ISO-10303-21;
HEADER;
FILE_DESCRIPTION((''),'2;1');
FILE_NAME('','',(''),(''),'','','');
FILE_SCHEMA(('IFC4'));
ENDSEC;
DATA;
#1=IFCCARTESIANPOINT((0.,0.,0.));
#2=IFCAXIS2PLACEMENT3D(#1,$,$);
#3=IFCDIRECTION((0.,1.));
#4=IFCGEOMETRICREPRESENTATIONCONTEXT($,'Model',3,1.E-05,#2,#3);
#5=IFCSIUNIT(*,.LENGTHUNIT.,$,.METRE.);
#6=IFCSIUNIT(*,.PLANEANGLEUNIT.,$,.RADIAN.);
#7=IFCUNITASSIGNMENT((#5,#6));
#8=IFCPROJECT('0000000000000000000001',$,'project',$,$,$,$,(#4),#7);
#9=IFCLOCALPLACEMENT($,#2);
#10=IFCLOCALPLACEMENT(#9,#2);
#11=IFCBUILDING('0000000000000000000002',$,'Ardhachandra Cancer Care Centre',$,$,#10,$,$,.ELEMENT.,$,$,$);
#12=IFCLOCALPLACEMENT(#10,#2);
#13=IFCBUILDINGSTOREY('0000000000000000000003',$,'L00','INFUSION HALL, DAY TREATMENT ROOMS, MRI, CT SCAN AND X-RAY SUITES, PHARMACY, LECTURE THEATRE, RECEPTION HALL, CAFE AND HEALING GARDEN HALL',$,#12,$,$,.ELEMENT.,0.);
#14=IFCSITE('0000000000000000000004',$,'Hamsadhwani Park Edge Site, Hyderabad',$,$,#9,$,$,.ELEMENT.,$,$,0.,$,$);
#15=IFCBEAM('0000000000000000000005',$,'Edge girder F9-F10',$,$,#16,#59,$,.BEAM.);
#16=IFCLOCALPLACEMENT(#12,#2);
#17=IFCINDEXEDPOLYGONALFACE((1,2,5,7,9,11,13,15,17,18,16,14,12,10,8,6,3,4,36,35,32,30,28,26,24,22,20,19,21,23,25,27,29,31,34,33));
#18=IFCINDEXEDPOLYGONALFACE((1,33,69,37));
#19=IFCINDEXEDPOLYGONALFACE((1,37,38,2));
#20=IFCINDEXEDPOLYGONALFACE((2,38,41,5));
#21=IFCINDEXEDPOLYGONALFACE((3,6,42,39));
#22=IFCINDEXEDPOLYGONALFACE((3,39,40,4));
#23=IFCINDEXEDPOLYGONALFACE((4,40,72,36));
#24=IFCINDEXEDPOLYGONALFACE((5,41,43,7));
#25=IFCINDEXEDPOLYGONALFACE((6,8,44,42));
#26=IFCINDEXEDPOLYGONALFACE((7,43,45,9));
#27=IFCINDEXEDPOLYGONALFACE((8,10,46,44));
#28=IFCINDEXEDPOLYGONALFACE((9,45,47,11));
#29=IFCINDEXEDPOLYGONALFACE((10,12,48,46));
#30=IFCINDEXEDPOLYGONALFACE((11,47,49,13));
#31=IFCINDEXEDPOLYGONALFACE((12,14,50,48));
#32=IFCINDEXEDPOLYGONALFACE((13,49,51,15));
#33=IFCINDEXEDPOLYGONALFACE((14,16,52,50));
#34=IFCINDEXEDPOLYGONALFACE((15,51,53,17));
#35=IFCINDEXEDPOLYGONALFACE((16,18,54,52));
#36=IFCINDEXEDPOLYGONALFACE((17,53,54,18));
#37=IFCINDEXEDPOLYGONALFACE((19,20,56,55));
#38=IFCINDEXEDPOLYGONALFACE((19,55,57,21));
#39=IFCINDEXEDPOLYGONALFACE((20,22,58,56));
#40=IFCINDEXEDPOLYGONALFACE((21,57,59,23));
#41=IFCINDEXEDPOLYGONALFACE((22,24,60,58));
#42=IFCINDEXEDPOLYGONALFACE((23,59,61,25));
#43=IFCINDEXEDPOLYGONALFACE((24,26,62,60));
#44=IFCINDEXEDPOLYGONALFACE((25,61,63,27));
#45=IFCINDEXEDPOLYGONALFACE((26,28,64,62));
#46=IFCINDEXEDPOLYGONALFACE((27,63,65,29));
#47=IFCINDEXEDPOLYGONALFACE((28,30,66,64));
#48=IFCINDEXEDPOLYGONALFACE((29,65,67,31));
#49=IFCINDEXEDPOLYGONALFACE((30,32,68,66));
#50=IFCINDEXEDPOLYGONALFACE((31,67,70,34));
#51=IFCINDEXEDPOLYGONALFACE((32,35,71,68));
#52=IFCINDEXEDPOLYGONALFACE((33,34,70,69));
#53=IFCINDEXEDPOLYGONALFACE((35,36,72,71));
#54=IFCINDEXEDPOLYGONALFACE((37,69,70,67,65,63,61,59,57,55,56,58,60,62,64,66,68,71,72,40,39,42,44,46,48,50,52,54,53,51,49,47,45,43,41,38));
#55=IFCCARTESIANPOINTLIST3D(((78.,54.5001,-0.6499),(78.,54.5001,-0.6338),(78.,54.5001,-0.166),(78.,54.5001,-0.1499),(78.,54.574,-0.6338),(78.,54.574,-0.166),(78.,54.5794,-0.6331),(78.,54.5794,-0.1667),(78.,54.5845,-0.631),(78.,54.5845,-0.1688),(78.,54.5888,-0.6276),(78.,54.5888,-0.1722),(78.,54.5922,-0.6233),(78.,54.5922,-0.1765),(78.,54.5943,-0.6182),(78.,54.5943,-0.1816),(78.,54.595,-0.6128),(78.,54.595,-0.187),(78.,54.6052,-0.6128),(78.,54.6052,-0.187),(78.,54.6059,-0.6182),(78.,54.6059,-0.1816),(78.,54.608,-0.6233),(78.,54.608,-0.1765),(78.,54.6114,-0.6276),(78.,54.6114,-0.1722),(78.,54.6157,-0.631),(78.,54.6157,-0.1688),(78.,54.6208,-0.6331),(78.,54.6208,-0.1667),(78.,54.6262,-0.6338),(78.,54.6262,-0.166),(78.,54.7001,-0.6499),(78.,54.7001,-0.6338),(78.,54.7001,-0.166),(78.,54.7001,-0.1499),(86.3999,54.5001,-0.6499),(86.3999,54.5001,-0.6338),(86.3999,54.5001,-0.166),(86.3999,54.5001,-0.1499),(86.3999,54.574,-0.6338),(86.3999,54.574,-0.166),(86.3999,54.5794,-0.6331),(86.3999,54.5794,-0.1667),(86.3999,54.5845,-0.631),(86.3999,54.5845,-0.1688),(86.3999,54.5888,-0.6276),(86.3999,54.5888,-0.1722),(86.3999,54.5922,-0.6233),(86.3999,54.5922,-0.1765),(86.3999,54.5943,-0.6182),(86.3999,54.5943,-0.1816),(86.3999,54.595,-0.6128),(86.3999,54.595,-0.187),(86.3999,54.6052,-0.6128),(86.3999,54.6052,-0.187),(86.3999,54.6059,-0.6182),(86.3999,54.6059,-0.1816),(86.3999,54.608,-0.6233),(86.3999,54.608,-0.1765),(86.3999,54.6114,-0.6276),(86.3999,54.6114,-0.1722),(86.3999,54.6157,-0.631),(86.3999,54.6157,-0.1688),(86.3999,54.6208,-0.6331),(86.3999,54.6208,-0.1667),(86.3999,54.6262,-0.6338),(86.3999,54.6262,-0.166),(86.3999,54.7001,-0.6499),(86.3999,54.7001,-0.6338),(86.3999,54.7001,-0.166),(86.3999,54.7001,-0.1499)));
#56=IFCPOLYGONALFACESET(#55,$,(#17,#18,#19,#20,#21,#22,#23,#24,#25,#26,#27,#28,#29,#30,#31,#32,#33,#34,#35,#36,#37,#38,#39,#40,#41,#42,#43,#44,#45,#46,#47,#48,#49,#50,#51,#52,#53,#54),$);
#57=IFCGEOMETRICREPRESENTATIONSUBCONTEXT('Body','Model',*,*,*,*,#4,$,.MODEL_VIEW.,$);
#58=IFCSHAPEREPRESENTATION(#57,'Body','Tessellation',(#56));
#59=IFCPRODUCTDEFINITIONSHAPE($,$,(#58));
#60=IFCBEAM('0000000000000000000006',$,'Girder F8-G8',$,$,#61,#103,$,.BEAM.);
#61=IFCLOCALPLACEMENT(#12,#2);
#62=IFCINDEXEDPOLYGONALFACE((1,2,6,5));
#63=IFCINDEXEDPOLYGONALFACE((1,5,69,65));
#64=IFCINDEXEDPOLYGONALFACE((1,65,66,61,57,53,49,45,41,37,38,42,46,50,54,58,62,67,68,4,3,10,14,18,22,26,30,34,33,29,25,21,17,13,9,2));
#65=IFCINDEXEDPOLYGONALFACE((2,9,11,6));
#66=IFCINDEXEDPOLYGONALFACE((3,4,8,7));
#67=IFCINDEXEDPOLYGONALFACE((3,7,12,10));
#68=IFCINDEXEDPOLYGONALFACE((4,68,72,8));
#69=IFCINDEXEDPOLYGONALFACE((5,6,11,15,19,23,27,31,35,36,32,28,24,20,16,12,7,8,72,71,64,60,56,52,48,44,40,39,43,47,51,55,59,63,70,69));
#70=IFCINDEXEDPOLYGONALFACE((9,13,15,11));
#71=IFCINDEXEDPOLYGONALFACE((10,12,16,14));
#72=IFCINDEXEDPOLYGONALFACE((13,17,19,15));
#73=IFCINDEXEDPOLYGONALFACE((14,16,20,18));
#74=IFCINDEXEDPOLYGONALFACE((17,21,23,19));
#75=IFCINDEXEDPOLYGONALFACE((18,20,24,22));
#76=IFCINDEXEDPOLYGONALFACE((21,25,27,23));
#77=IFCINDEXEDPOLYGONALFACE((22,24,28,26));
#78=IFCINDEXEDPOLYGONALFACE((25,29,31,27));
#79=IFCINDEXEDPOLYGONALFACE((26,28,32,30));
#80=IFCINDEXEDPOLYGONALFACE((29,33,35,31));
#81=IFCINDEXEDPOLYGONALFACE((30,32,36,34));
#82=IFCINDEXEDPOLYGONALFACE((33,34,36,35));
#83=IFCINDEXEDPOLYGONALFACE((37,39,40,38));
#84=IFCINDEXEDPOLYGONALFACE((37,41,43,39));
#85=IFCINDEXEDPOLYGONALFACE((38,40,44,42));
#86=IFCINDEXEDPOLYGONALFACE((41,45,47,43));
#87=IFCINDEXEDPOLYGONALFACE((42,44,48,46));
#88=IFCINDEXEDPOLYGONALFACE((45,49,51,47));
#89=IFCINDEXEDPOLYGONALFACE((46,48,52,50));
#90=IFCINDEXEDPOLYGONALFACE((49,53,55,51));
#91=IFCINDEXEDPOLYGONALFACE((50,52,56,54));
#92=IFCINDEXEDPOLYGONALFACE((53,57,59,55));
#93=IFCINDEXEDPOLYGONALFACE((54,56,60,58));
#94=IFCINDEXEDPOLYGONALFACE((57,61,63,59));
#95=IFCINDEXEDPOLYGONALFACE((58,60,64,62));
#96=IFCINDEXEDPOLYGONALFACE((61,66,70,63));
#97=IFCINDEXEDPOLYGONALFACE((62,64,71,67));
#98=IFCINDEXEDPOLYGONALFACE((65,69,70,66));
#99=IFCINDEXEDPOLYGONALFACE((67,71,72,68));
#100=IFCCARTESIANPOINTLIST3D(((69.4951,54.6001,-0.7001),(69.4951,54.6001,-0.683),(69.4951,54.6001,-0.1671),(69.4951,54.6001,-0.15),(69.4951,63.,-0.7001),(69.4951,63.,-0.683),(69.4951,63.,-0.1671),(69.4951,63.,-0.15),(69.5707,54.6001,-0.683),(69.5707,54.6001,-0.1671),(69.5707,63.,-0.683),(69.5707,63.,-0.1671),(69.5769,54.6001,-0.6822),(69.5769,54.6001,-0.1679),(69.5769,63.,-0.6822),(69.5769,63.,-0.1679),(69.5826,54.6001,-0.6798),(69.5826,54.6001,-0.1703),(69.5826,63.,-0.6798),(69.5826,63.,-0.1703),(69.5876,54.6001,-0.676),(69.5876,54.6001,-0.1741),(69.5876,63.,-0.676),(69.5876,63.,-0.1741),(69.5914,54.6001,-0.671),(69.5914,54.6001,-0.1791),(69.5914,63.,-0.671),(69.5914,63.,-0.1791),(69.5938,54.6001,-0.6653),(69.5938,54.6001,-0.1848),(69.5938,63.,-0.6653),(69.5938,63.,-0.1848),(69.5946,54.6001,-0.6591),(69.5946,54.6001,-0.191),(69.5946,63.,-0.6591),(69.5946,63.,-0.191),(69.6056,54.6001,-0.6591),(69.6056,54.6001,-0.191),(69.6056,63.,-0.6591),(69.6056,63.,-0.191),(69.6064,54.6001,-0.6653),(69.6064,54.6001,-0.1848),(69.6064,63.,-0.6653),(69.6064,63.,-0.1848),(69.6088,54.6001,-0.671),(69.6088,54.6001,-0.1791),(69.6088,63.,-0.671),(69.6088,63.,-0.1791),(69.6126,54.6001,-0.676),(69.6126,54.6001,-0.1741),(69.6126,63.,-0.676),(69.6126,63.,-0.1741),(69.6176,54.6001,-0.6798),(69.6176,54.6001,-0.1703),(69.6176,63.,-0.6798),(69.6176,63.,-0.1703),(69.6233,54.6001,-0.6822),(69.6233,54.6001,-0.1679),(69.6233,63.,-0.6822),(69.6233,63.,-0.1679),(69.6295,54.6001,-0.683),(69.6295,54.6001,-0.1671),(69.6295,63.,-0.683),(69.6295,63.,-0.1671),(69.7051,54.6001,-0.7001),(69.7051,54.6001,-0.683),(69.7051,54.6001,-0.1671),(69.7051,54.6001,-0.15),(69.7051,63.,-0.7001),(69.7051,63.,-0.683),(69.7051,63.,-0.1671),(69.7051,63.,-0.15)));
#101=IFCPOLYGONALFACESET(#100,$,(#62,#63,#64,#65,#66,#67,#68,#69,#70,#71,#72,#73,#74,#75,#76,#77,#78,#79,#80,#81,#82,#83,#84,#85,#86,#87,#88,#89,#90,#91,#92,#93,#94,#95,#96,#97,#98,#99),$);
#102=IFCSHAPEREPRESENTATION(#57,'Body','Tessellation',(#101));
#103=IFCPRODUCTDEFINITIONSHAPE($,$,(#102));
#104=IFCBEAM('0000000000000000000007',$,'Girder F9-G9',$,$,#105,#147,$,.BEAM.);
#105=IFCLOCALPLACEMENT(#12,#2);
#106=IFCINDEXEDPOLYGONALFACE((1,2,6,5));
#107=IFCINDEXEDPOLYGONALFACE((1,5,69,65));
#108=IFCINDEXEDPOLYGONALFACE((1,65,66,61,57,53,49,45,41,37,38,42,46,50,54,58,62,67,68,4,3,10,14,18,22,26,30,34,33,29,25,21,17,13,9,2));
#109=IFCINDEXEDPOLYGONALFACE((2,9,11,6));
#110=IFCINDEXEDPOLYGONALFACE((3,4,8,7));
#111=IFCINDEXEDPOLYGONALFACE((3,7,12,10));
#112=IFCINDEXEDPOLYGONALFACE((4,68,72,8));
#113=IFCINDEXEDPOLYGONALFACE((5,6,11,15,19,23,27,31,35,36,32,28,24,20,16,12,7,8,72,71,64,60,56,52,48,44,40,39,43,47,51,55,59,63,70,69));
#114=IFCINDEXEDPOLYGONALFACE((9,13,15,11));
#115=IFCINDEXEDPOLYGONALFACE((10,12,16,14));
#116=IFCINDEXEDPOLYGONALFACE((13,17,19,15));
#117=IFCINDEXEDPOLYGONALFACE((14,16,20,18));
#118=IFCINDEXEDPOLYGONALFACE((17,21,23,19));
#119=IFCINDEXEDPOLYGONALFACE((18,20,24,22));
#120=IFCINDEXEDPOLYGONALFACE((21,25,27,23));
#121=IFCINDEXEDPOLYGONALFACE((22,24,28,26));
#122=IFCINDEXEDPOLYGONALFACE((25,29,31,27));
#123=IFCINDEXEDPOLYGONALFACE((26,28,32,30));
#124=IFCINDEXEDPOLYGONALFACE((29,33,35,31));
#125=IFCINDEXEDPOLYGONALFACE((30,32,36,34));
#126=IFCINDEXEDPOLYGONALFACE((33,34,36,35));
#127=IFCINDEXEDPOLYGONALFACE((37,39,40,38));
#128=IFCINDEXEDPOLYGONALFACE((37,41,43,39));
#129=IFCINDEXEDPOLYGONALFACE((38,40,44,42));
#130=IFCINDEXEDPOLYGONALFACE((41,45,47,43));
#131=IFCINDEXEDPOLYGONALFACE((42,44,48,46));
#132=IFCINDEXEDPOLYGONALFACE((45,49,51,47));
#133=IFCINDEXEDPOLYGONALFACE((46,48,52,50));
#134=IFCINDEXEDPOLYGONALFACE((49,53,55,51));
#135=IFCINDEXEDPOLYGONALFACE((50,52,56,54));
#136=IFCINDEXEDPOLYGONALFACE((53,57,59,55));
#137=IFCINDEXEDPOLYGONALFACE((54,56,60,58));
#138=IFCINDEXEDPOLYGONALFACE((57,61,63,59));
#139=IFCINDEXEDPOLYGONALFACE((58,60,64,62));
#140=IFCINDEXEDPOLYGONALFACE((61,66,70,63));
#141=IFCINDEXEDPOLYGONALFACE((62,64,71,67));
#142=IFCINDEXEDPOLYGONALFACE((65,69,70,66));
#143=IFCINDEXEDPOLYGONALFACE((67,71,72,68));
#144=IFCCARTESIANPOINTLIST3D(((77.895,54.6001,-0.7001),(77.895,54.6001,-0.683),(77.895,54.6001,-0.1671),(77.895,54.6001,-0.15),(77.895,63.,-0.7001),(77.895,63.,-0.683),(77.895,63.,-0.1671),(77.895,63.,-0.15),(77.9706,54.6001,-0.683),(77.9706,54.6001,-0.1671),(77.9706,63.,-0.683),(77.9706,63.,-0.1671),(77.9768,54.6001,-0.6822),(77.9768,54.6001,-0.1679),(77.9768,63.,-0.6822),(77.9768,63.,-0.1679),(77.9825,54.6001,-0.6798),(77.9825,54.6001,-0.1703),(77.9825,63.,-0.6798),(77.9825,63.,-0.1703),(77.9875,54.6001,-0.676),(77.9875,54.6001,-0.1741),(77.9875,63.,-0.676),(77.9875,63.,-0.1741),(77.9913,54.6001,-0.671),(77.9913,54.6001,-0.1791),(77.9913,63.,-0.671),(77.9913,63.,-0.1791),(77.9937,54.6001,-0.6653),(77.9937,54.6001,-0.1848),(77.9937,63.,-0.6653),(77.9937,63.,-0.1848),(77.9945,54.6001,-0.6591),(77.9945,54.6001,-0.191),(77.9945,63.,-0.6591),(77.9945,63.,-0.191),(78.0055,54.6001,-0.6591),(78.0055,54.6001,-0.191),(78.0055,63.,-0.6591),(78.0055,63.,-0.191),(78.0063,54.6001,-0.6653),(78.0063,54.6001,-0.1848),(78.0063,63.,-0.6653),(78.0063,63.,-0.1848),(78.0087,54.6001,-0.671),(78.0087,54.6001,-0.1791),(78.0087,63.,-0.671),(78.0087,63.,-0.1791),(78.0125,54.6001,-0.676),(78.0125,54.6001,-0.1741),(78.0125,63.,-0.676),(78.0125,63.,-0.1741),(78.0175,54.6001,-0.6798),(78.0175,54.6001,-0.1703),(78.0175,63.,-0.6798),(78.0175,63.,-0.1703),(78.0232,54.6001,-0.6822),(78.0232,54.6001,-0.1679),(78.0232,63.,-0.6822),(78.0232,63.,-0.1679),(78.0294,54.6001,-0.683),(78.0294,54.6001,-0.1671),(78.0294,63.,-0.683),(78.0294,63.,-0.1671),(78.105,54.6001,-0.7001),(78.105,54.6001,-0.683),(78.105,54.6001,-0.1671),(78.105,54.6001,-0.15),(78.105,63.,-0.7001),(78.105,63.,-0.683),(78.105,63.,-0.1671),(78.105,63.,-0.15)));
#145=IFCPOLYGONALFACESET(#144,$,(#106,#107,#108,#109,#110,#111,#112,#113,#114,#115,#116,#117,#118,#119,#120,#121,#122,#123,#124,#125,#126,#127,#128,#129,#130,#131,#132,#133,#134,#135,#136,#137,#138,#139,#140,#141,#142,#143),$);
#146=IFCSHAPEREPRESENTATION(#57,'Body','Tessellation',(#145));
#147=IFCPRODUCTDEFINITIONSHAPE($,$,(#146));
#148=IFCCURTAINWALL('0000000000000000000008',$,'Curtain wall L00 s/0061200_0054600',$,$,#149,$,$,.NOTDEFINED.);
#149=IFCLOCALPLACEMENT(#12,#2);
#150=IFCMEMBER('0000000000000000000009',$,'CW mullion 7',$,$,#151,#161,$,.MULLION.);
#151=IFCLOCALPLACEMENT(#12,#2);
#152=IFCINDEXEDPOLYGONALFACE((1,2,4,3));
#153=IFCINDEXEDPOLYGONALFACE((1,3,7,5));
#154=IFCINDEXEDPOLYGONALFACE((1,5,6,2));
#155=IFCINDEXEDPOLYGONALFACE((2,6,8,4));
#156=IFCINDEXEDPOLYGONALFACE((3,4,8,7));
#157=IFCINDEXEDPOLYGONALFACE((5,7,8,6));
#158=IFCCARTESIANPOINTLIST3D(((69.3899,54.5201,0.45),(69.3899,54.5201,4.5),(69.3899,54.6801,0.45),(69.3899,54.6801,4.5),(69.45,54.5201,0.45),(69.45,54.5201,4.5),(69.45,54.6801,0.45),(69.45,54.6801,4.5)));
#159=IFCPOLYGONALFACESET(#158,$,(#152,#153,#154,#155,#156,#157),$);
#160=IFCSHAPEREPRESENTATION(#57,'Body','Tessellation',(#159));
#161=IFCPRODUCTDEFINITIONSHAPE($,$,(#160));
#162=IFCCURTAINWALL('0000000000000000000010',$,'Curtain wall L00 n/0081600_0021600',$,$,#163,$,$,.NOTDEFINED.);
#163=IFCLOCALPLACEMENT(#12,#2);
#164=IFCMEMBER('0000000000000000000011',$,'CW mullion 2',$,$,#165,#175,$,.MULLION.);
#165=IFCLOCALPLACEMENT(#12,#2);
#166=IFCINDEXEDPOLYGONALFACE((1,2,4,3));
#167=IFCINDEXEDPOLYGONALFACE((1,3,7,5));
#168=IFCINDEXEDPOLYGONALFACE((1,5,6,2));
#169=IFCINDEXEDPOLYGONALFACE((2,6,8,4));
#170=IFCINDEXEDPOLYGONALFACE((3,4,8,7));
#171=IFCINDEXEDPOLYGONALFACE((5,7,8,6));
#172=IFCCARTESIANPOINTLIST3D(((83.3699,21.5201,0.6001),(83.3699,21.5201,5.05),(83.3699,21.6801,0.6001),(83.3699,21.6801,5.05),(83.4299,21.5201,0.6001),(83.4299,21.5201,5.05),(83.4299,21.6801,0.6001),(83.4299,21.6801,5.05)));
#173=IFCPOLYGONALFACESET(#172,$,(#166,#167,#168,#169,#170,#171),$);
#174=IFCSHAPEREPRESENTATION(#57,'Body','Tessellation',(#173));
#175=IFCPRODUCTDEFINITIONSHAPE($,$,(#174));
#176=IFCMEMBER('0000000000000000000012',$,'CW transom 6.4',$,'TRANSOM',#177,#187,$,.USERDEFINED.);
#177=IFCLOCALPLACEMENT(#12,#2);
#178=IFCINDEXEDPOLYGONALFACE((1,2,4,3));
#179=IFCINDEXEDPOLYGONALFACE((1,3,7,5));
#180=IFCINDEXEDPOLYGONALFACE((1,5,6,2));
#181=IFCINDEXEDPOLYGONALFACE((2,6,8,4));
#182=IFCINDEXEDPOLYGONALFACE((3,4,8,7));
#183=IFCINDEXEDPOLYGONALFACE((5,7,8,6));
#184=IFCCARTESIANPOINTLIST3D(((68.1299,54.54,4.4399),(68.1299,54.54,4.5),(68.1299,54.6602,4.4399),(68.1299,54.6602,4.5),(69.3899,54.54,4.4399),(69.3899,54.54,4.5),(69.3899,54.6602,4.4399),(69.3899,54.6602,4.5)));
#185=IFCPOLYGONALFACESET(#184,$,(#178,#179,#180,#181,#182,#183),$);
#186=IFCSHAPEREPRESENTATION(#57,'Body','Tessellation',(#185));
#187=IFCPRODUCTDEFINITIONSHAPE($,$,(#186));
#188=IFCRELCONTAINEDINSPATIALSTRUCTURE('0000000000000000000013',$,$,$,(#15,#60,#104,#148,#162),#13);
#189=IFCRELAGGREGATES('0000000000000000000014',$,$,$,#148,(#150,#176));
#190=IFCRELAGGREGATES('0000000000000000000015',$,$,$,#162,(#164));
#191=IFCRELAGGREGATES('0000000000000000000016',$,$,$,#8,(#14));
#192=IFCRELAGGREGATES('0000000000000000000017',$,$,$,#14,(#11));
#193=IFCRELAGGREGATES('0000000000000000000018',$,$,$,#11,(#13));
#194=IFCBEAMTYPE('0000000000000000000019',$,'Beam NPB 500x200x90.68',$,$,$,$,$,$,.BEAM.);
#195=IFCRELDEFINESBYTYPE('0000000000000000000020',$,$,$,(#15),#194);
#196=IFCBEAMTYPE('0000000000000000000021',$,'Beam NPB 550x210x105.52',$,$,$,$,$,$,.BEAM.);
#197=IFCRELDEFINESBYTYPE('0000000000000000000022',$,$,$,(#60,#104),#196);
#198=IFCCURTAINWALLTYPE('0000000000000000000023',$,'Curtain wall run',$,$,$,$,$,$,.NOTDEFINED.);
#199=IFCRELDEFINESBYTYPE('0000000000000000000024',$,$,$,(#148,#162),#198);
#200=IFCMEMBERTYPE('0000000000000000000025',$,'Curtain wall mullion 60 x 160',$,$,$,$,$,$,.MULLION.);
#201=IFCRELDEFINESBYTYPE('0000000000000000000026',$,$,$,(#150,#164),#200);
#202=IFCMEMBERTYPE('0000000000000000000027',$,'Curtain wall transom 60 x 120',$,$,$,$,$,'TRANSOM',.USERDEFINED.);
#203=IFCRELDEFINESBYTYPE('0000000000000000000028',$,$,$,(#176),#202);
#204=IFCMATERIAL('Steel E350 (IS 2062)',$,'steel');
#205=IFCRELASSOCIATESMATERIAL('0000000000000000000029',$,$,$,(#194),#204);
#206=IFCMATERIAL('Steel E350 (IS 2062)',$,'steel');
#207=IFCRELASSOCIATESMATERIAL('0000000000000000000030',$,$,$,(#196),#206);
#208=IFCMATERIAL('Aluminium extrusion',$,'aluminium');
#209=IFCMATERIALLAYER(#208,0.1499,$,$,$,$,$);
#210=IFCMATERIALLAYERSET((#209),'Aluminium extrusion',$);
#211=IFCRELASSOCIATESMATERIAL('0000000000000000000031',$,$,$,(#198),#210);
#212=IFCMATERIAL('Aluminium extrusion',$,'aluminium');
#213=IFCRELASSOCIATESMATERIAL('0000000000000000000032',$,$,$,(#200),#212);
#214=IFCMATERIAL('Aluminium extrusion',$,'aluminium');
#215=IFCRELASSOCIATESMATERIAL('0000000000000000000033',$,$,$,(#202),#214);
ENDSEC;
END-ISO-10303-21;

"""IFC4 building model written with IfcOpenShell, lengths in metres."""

from ifc_helpers import new_model, si_unit, direction, frame, origin, origin_2d, place, context, subcontext, project, spatial, rectangle, i_section, extrude, material, layer, layer_set, material_profile, profile_set, type_object, element, aggregate, save


model = new_model("IFC4")

# Units and contexts
model_context = context("Model", 3, precision=1e-05, world=origin(), true_north=direction((0.0, 1.0)))
body_context = subcontext(model_context, "Body", "Model", "MODEL_VIEW")
ifc_project = project(units=[si_unit("LENGTHUNIT", "METRE"), si_unit("PLANEANGLEUNIT", "RADIAN")], contexts=[model_context])

# Site, building, storey
site_placement = place(None, origin())
site = spatial("IfcSite", under=ifc_project, at=site_placement, Name="Hamsadhwani Park Edge Site, Hyderabad", CompositionType="ELEMENT", RefElevation=0.0)
building_placement = place(site_placement, origin())
building = spatial("IfcBuilding", under=site, at=building_placement, Name="Ardhachandra Cancer Care Centre", CompositionType="ELEMENT")
storey_placement = place(building_placement, origin())
storey = spatial("IfcBuildingStorey", under=building, at=storey_placement, Name="L00", Description="INFUSION HALL, DAY TREATMENT ROOMS, MRI, CT SCAN AND X-RAY SUITES, PHARMACY, LECTURE THEATRE, RECEPTION HALL, CAFE AND HEALING GARDEN HALL", CompositionType="ELEMENT", Elevation=0.0)

# Beams
ifc_material_1 = material(Name="Steel E350 (IS 2062)", Category="steel")
ifc_material_profile_1 = material_profile(ifc_material_1, i_section(OverallWidth=0.2, OverallDepth=0.5, WebThickness=0.0103, FlangeThickness=0.0161, FilletRadius=0.021, at=origin_2d()), Name="NPB 500x200x90.68")
ifc_profile_set_1 = profile_set([ifc_material_profile_1], Name="Steel E350 (IS 2062)")
beam_type_1 = type_object("IfcBeamType", Name="Beam NPB 500x200x90.68", PredefinedType="BEAM", material=ifc_profile_set_1)
for number, where, z_axis, x_axis, name in (
    (1, (78.0, 54.6001, -0.3999), (1.0, 0.0, 0.0), (0.0, 1.0, 0.0), "Edge girder F9-F10"),
):
    element("IfcBeam", number, at=place(storey_placement, frame(where, z_axis=z_axis, x_axis=x_axis)), inside=storey, type_object=beam_type_1, Name=name, PredefinedType="BEAM", context=body_context, shape_type="SweptSolid", body=[
        extrude(i_section(OverallWidth=0.2, OverallDepth=0.5, WebThickness=0.0103, FlangeThickness=0.0161, FilletRadius=0.021, at=origin_2d()), origin(), (0.0, 0.0, 1.0), 8.3999),
    ])
ifc_material_2 = material(Name="Steel E350 (IS 2062)", Category="steel")
ifc_material_profile_2 = material_profile(ifc_material_2, i_section(OverallWidth=0.21, OverallDepth=0.55, WebThickness=0.011, FlangeThickness=0.0171, FilletRadius=0.0239, at=origin_2d()), Name="NPB 550x210x105.52")
ifc_profile_set_2 = profile_set([ifc_material_profile_2], Name="Steel E350 (IS 2062)")
beam_type_2 = type_object("IfcBeamType", Name="Beam NPB 550x210x105.52", PredefinedType="BEAM", material=ifc_profile_set_2)
for number, where, z_axis, x_axis, name in (
    (2, (69.6001, 54.6001, -0.425), (0.0, 1.0, 0.0), (-1.0, 0.0, 0.0), "Girder F8-G8"),
    (3, (78.0, 54.6001, -0.425), (0.0, 1.0, 0.0), (-1.0, 0.0, 0.0), "Girder F9-G9"),
):
    element("IfcBeam", number, at=place(storey_placement, frame(where, z_axis=z_axis, x_axis=x_axis)), inside=storey, type_object=beam_type_2, Name=name, PredefinedType="BEAM", context=body_context, shape_type="SweptSolid", body=[
        extrude(i_section(OverallWidth=0.21, OverallDepth=0.55, WebThickness=0.011, FlangeThickness=0.0171, FilletRadius=0.0239, at=origin_2d()), origin(), (0.0, 0.0, 1.0), 8.3999),
    ])

# Curtain walls, members
ifc_material_3 = material(Name="Aluminium extrusion", Category="aluminium")
ifc_layer_1 = layer(ifc_material_3, 0.1499)
ifc_layer_set_1 = layer_set([ifc_layer_1], Name="Aluminium extrusion")
curtain_wall_type = type_object("IfcCurtainWallType", Name="Curtain wall run", PredefinedType="NOTDEFINED", material=ifc_layer_set_1)
curtain_wall_1_placement = place(storey_placement, origin())
curtain_wall_1 = element("IfcCurtainWall", 4, at=curtain_wall_1_placement, inside=storey, type_object=curtain_wall_type, Name="Curtain wall L00 s/0061200_0054600", PredefinedType="NOTDEFINED")
ifc_material_4 = material(Name="Aluminium extrusion", Category="aluminium")
ifc_material_profile_3 = material_profile(ifc_material_4, rectangle(XDim=0.1599, YDim=0.0601, at=origin_2d()), Name="Curtain wall mullion 60 x 160")
ifc_profile_set_3 = profile_set([ifc_material_profile_3], Name="Aluminium extrusion")
member_type_1 = type_object("IfcMemberType", Name="Curtain wall mullion 60 x 160", PredefinedType="MULLION", material=ifc_profile_set_3)
member_1_placement = place(storey_placement, frame((69.4199, 54.6001, 0.45), z_axis=(0.0, 0.0, 1.0), x_axis=(0.0, 1.0, 0.0)))
member_1 = element("IfcMember", 5, at=member_1_placement, type_object=member_type_1, Name="CW mullion 7", PredefinedType="MULLION", context=body_context, shape_type="SweptSolid", body=[
    extrude(rectangle(XDim=0.1599, YDim=0.0601, at=origin_2d()), origin(), (0.0, 0.0, 1.0), 4.05),
])
curtain_wall_2_placement = place(storey_placement, origin())
curtain_wall_2 = element("IfcCurtainWall", 6, at=curtain_wall_2_placement, inside=storey, type_object=curtain_wall_type, Name="Curtain wall L00 n/0081600_0021600", PredefinedType="NOTDEFINED")
member_2_placement = place(storey_placement, frame((83.3999, 21.6001, 0.6001), z_axis=(0.0, 0.0, 1.0), x_axis=(0.0, 1.0, 0.0)))
member_2 = element("IfcMember", 7, at=member_2_placement, type_object=member_type_1, Name="CW mullion 2", PredefinedType="MULLION", context=body_context, shape_type="SweptSolid", body=[
    extrude(rectangle(XDim=0.1599, YDim=0.0601, at=origin_2d()), origin(), (0.0, 0.0, 1.0), 4.45),
])

# Member
ifc_material_5 = material(Name="Aluminium extrusion", Category="aluminium")
ifc_material_profile_4 = material_profile(ifc_material_5, rectangle(XDim=0.1201, YDim=0.0601, at=origin_2d()), Name="Curtain wall transom 60 x 120")
ifc_profile_set_4 = profile_set([ifc_material_profile_4], Name="Aluminium extrusion")
member_type_2 = type_object("IfcMemberType", Name="Curtain wall transom 60 x 120", ElementType="TRANSOM", PredefinedType="USERDEFINED", material=ifc_profile_set_4)
member_3_placement = place(storey_placement, frame((68.1299, 54.6001, 4.47), z_axis=(1.0, 0.0, 0.0), x_axis=(0.0, 1.0, 0.0)))
member_3 = element("IfcMember", 8, at=member_3_placement, type_object=member_type_2, Name="CW transom 6.4", ObjectType="TRANSOM", PredefinedType="USERDEFINED", context=body_context, shape_type="SweptSolid", body=[
    extrude(rectangle(XDim=0.1201, YDim=0.0601, at=origin_2d()), origin(), (0.0, 0.0, 1.0), 1.26),
])

aggregate(curtain_wall_1, [member_1, member_3])
aggregate(curtain_wall_2, [member_2])

save(model, "model.ifc")
